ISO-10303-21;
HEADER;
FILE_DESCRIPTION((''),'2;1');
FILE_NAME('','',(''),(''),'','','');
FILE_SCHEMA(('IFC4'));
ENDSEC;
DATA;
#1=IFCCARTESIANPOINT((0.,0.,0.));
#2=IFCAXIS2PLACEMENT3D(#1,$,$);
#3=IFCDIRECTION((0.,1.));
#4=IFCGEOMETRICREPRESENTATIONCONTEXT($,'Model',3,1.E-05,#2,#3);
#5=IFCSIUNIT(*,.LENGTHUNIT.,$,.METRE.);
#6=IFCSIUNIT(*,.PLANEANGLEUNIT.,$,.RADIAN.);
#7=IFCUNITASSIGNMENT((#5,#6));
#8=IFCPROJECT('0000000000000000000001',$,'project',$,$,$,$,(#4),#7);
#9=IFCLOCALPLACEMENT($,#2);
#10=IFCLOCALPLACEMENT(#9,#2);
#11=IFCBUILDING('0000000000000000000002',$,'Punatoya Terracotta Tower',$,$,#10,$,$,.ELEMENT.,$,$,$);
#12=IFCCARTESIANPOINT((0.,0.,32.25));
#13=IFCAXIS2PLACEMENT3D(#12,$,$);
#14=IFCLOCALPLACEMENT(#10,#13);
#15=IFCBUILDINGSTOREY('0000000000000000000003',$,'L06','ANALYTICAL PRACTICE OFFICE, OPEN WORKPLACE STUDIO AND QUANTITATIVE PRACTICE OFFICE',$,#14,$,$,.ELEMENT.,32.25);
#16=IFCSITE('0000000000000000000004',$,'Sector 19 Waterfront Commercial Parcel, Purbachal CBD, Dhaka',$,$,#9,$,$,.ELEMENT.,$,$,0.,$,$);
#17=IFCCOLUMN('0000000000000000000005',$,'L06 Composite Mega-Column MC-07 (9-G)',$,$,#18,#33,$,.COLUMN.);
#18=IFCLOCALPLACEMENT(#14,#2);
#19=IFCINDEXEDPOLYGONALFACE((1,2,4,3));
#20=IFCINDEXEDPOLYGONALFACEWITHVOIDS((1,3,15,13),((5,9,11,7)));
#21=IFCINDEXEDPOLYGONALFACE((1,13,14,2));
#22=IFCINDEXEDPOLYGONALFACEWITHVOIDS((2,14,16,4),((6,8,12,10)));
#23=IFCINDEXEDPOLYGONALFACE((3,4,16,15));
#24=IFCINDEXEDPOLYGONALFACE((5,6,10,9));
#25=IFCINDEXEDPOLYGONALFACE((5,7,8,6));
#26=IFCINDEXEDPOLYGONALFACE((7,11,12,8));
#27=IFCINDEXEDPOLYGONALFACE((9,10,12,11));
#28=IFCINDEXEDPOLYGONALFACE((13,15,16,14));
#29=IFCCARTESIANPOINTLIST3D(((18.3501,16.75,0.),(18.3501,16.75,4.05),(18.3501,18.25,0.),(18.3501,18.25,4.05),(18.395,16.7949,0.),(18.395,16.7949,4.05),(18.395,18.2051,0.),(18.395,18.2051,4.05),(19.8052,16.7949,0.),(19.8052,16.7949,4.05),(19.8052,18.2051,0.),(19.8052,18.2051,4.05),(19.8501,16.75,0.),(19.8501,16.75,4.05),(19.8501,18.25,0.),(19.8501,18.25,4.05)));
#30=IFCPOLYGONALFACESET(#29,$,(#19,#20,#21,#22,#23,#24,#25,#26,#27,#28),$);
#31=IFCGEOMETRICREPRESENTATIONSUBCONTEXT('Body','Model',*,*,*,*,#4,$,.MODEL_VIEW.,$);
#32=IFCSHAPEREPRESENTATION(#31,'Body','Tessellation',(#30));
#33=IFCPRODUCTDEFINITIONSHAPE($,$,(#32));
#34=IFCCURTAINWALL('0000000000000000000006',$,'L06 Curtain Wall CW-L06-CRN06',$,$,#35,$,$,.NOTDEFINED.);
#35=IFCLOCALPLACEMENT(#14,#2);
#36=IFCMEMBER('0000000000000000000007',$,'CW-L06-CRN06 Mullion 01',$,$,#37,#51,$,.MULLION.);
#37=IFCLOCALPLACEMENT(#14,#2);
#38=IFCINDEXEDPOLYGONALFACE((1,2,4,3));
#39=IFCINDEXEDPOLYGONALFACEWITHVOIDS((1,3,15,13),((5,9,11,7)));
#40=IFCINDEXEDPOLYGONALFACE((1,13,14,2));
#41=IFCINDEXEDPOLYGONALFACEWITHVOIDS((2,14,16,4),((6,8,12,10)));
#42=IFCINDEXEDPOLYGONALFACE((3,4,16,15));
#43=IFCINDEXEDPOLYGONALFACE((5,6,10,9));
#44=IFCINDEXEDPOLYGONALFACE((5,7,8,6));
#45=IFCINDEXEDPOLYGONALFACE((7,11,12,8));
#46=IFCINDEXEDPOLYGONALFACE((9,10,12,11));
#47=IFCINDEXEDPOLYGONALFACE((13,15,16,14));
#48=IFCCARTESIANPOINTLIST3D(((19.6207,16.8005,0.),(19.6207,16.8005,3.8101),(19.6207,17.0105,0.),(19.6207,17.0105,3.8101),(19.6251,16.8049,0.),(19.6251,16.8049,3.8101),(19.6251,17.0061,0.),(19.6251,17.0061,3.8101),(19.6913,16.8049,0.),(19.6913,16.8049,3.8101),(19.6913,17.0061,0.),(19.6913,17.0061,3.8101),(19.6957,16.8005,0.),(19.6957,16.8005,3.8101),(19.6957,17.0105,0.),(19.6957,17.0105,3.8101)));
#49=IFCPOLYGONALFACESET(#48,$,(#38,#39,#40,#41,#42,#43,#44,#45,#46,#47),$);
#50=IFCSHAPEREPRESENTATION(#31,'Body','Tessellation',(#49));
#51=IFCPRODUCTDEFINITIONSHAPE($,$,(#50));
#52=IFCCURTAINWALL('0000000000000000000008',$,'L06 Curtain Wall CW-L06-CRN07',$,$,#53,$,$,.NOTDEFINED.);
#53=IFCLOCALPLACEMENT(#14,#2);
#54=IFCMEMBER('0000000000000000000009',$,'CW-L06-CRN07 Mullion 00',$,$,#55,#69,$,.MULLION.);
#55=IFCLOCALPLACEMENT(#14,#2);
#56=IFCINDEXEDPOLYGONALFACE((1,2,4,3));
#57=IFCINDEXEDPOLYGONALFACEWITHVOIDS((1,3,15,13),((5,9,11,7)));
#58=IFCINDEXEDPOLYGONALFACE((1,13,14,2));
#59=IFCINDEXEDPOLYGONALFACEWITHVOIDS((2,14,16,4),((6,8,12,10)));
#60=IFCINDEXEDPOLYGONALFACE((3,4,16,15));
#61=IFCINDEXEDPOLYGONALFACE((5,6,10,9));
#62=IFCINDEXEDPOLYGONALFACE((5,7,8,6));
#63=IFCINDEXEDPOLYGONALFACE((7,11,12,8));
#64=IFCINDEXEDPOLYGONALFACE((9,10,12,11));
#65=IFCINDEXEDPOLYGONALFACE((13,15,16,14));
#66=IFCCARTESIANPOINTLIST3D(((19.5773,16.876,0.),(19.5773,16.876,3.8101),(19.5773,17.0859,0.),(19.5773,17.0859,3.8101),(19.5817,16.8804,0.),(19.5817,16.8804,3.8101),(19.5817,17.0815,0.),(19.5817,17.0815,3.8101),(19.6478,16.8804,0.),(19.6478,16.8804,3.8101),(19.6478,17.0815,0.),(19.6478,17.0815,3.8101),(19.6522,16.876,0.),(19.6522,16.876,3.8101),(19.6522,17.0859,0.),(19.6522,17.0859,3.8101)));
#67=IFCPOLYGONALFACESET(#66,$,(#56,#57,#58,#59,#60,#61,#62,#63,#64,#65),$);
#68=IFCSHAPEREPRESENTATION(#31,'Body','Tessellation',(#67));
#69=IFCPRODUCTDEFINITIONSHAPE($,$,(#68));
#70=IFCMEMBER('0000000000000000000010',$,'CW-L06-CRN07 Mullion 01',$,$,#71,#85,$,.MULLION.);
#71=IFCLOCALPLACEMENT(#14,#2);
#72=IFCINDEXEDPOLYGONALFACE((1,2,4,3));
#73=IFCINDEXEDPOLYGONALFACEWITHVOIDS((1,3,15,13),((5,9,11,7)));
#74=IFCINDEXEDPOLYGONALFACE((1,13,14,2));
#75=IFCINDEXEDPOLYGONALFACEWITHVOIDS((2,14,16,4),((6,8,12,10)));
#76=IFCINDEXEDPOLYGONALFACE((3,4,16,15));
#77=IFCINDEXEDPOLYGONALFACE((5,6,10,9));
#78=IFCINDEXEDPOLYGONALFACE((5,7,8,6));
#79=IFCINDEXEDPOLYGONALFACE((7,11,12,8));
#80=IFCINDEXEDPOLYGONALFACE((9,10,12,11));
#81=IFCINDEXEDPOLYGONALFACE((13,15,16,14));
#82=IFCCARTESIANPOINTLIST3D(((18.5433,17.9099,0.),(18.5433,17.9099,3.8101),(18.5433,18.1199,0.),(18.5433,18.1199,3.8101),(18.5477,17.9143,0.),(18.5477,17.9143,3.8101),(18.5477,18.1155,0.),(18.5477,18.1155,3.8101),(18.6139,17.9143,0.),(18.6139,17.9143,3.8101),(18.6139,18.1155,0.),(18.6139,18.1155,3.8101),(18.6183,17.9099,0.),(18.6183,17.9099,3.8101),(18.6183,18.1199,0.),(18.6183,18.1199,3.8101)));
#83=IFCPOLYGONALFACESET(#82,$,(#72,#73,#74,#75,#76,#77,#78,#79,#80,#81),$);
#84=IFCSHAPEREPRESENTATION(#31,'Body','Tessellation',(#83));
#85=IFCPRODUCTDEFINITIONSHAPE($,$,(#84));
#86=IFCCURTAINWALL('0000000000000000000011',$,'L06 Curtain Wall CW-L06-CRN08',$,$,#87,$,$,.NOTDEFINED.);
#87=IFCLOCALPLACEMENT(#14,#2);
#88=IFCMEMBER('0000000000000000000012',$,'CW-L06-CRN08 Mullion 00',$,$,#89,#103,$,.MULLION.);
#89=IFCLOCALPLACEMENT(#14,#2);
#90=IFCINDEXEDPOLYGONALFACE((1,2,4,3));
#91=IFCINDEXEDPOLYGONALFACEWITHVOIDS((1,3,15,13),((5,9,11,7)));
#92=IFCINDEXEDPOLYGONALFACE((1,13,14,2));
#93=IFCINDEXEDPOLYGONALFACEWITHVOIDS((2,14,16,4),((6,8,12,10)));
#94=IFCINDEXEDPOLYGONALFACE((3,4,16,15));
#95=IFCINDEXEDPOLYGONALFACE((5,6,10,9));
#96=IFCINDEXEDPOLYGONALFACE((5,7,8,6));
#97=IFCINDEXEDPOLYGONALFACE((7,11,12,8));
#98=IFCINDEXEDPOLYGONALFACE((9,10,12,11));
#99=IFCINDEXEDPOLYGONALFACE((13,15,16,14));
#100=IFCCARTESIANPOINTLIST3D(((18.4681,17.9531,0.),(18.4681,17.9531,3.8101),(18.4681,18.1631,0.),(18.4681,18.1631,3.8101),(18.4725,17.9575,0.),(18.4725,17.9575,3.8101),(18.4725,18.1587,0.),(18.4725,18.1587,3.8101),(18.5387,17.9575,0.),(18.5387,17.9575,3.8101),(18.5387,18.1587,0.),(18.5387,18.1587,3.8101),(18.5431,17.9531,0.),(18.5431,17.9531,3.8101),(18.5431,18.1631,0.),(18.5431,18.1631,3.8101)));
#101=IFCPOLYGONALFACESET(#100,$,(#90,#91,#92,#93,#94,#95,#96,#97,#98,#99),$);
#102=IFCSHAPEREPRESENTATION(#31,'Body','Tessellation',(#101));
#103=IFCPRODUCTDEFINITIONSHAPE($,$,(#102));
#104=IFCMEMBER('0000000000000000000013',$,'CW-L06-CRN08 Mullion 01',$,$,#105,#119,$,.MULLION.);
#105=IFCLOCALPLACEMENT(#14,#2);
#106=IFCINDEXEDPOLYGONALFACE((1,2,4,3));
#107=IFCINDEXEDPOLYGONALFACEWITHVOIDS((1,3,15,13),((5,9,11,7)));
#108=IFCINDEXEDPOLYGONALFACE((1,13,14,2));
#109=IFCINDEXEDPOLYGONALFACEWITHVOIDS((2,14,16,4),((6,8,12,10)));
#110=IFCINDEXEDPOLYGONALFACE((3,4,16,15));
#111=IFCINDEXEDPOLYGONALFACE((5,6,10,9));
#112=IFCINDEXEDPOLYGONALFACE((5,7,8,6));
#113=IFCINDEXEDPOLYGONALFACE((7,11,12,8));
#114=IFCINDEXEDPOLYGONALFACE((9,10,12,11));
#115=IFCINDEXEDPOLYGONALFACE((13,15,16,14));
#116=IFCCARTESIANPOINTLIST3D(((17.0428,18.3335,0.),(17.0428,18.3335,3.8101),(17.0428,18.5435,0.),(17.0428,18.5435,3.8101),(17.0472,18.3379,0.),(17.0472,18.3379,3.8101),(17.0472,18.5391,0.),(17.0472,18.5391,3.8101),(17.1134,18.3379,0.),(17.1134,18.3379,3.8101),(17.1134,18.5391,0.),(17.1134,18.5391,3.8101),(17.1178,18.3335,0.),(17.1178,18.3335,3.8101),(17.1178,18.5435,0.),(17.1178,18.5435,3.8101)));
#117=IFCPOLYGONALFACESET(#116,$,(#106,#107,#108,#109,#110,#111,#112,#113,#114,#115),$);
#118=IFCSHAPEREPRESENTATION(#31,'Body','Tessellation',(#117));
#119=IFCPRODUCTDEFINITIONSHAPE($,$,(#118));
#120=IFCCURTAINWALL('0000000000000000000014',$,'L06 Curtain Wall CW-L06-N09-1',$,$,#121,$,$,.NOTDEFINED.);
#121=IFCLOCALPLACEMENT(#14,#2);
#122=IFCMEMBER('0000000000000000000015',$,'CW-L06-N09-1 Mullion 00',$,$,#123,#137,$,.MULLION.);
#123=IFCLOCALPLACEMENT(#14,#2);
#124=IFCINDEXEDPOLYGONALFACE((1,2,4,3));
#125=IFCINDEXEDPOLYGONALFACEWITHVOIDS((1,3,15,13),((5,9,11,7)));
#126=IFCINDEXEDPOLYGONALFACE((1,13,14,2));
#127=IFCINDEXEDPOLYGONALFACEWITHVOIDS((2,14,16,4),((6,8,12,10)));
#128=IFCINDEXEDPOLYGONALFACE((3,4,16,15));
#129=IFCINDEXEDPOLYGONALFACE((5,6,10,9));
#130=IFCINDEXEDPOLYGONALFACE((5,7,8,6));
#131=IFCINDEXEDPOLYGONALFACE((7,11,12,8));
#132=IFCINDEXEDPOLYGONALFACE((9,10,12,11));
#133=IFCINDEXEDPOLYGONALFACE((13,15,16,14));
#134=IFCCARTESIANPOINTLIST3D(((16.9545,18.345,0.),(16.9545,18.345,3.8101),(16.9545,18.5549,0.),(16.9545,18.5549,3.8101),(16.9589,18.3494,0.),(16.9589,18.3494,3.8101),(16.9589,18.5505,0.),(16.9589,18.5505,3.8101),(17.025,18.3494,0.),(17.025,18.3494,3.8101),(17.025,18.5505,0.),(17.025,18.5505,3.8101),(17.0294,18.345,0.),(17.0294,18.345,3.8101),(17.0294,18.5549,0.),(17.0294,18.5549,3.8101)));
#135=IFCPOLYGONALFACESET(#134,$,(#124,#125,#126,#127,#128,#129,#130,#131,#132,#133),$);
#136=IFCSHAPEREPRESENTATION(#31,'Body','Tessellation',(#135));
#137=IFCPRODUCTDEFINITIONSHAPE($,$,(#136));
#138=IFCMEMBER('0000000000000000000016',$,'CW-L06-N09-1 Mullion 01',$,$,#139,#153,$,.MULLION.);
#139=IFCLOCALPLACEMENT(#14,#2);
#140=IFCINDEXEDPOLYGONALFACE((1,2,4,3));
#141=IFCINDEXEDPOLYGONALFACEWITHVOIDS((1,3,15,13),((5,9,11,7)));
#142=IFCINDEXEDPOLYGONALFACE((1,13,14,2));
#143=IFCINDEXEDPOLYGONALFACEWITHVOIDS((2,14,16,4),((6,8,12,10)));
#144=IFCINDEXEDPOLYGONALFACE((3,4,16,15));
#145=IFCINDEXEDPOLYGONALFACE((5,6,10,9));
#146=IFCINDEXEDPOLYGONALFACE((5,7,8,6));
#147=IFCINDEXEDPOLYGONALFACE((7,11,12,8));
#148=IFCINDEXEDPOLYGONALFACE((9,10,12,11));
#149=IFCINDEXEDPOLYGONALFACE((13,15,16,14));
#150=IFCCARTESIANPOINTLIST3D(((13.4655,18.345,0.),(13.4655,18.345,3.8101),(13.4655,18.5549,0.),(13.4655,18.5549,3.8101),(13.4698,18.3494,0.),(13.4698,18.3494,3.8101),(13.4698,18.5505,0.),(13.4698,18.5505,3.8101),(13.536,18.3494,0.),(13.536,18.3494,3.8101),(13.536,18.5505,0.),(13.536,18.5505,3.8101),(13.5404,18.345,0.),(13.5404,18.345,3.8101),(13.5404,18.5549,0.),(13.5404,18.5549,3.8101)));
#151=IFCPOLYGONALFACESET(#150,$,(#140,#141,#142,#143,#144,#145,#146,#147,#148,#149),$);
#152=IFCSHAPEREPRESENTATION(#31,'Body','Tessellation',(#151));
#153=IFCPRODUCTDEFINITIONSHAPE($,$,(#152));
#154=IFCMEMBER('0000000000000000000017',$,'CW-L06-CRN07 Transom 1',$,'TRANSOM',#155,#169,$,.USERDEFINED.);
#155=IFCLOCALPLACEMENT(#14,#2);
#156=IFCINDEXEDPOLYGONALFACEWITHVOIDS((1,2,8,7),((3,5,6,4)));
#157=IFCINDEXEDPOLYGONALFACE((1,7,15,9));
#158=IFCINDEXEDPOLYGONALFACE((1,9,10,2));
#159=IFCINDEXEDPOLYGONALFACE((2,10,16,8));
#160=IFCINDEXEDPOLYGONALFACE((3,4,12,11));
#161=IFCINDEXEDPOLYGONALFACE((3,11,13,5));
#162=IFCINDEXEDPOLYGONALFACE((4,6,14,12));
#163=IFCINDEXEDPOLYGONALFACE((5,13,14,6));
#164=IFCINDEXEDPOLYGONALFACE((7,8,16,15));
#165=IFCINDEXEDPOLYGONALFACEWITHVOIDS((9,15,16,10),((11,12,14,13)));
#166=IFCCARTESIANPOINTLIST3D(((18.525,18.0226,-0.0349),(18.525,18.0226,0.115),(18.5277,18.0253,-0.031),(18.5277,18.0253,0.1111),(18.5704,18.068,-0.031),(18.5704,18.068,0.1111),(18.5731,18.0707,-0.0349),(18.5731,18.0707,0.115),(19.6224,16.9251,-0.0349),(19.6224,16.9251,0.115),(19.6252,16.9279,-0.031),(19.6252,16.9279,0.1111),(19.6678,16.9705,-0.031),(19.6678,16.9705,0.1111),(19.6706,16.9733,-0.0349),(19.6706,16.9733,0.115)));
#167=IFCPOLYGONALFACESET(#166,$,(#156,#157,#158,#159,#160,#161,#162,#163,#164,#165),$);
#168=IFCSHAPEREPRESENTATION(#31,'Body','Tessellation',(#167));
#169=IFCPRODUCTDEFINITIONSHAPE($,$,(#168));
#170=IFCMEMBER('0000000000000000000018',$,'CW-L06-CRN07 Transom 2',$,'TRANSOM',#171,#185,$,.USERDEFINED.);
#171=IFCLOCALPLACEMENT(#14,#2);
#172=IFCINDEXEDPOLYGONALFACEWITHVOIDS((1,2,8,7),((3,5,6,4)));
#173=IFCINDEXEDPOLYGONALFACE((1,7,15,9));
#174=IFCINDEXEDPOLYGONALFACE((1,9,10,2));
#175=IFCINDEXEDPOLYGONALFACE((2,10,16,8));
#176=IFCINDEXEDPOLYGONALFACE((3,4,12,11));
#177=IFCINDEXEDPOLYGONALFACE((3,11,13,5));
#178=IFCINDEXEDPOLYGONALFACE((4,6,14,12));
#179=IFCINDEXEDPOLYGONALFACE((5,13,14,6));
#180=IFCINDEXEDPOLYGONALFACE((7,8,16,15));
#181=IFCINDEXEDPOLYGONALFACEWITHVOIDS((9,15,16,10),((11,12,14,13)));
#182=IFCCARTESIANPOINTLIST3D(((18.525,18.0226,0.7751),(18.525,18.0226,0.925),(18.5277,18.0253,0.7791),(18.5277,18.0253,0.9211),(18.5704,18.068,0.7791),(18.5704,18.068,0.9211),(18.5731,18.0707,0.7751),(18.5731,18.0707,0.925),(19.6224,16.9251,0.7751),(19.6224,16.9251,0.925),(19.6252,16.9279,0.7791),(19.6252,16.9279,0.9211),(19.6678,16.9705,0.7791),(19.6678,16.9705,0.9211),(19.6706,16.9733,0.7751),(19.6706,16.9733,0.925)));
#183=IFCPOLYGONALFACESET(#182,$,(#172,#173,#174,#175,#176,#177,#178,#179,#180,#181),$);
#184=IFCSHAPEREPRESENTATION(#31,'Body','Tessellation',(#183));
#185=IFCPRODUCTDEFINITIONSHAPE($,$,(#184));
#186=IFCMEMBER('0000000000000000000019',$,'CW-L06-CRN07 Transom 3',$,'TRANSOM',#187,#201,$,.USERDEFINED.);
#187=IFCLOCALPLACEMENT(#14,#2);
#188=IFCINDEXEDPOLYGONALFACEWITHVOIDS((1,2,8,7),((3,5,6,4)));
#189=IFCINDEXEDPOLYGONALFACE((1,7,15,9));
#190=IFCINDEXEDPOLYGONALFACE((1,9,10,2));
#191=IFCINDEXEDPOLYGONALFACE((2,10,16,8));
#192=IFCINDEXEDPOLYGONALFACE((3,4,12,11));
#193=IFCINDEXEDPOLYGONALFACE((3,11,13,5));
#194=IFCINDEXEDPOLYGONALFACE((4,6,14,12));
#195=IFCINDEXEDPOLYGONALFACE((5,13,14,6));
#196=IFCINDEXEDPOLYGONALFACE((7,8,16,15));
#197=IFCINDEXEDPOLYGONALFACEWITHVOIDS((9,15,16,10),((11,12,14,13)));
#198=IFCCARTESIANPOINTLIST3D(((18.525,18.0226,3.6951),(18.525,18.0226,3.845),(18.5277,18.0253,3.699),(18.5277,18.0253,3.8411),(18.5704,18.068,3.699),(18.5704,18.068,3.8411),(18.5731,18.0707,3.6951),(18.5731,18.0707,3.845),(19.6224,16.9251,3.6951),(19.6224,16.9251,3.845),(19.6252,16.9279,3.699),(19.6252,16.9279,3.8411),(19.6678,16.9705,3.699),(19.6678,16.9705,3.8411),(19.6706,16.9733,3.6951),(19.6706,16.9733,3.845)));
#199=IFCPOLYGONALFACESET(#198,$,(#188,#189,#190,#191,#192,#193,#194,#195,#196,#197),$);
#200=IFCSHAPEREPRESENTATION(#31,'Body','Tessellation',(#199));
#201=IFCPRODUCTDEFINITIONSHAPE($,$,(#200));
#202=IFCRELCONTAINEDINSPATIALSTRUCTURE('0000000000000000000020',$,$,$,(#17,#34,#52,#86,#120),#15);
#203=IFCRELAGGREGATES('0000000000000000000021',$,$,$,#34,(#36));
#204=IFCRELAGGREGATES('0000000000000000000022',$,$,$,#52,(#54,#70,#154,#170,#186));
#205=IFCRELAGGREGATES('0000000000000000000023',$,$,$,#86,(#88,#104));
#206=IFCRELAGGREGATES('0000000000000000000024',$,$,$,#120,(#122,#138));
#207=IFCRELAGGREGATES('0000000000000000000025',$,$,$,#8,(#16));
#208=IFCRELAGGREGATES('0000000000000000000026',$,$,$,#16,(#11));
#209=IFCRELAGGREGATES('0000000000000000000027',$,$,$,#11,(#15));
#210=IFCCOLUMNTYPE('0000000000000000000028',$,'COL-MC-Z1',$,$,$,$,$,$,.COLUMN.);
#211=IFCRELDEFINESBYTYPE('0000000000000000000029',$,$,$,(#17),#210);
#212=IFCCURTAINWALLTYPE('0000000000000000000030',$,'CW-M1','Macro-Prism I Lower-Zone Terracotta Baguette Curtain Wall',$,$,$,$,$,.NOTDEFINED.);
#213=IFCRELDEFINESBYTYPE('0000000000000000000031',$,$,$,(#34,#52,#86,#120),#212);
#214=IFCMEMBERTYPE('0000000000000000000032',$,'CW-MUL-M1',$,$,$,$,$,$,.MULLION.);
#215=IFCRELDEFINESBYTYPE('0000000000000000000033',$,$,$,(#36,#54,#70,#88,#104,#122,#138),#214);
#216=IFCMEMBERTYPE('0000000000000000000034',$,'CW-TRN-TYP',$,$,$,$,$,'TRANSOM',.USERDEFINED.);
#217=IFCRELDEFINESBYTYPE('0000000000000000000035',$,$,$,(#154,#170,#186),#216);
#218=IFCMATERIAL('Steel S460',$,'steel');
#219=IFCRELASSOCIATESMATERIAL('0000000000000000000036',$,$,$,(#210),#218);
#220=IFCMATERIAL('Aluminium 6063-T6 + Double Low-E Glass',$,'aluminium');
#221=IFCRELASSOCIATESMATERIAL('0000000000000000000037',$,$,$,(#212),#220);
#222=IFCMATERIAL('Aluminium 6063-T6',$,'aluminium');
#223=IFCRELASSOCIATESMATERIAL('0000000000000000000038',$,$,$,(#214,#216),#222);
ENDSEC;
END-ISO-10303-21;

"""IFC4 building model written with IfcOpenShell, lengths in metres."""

from ifc_helpers import new_model, si_unit, direction, frame, origin, origin_2d, place, context, subcontext, project, spatial, hollow_rectangle, extrude, material, material_profile, profile_set, type_object, element, aggregate, save


model = new_model("IFC4")

# Units and contexts
model_context = context("Model", 3, precision=1e-05, world=origin(), true_north=direction((0.0, 1.0)))
body_context = subcontext(model_context, "Body", "Model", "MODEL_VIEW")
ifc_project = project(units=[si_unit("LENGTHUNIT", "METRE"), si_unit("PLANEANGLEUNIT", "RADIAN")], contexts=[model_context])

# Site, building, storey
site_placement = place(None, origin())
site = spatial("IfcSite", under=ifc_project, at=site_placement, Name="Sector 19 Waterfront Commercial Parcel, Purbachal CBD, Dhaka", CompositionType="ELEMENT", RefElevation=0.0)
building_placement = place(site_placement, origin())
building = spatial("IfcBuilding", under=site, at=building_placement, Name="Punatoya Terracotta Tower", CompositionType="ELEMENT")
storey_placement = place(building_placement, frame((0.0, 0.0, 32.25)))
storey = spatial("IfcBuildingStorey", under=building, at=storey_placement, Name="L06", Description="ANALYTICAL PRACTICE OFFICE, OPEN WORKPLACE STUDIO AND QUANTITATIVE PRACTICE OFFICE", CompositionType="ELEMENT", Elevation=32.25)

# Column
ifc_material_1 = material(Name="Steel S460", Category="steel")
ifc_material_profile_1 = material_profile(ifc_material_1, hollow_rectangle(XDim=1.5, YDim=1.5, WallThickness=0.0449, at=origin_2d()))
ifc_profile_set_1 = profile_set([ifc_material_profile_1], Name="Steel S460")
column_type = type_object("IfcColumnType", Name="COL-MC-Z1", PredefinedType="COLUMN", material=ifc_profile_set_1)
column_placement = place(storey_placement, frame((19.1001, 17.5, 0.0), z_axis=(0.0, 0.0, 1.0), x_axis=(1.0, 0.0, 0.0)))
element("IfcColumn", 1, at=column_placement, inside=storey, type_object=column_type, Name="L06 Composite Mega-Column MC-07 (9-G)", PredefinedType="COLUMN", context=body_context, shape_type="SweptSolid", body=[
    extrude(hollow_rectangle(XDim=1.5, YDim=1.5, WallThickness=0.0449, at=origin_2d()), origin(), (0.0, 0.0, 1.0), 4.05),
])

# Curtain wall, member
ifc_material_2 = material(Name="Aluminium 6063-T6 + Double Low-E Glass", Category="aluminium")
curtain_wall_type = type_object("IfcCurtainWallType", Name="CW-M1", Description="Macro-Prism I Lower-Zone Terracotta Baguette Curtain Wall", PredefinedType="NOTDEFINED", material=ifc_material_2)
curtain_wall_1_placement = place(storey_placement, origin())
curtain_wall_1 = element("IfcCurtainWall", 2, at=curtain_wall_1_placement, inside=storey, type_object=curtain_wall_type, Name="L06 Curtain Wall CW-L06-CRN06", PredefinedType="NOTDEFINED")
ifc_material_3 = material(Name="Aluminium 6063-T6", Category="aluminium")
ifc_material_profile_2 = material_profile(ifc_material_3, hollow_rectangle(XDim=0.075, YDim=0.21, WallThickness=0.0044, at=origin_2d()))
ifc_profile_set_2 = profile_set([ifc_material_profile_2], Name="Aluminium 6063-T6")
member_type_1 = type_object("IfcMemberType", Name="CW-MUL-M1", PredefinedType="MULLION", material=ifc_profile_set_2)
member_1_placement = place(storey_placement, frame((19.6582, 16.9055, 0.0), z_axis=(0.0, 0.0, 1.0), x_axis=(1.0, 0.0, 0.0)))
member_1 = element("IfcMember", 3, at=member_1_placement, type_object=member_type_1, Name="CW-L06-CRN06 Mullion 01", PredefinedType="MULLION", context=body_context, shape_type="SweptSolid", body=[
    extrude(hollow_rectangle(XDim=0.075, YDim=0.21, WallThickness=0.0044, at=origin_2d()), origin(), (0.0, 0.0, 1.0), 3.8101),
])

# Curtain walls, members
curtain_wall_2_placement = place(storey_placement, origin())
curtain_wall_2 = element("IfcCurtainWall", 4, at=curtain_wall_2_placement, inside=storey, type_object=curtain_wall_type, Name="L06 Curtain Wall CW-L06-CRN07", PredefinedType="NOTDEFINED")
member_2_placement = place(storey_placement, frame((19.6147, 16.981, 0.0), z_axis=(0.0, 0.0, 1.0), x_axis=(1.0, 0.0, 0.0)))
member_2 = element("IfcMember", 5, at=member_2_placement, type_object=member_type_1, Name="CW-L06-CRN07 Mullion 00", PredefinedType="MULLION", context=body_context, shape_type="SweptSolid", body=[
    extrude(hollow_rectangle(XDim=0.075, YDim=0.21, WallThickness=0.0044, at=origin_2d()), origin(), (0.0, 0.0, 1.0), 3.8101),
])
member_3_placement = place(storey_placement, frame((18.5808, 18.0149, 0.0), z_axis=(0.0, 0.0, 1.0), x_axis=(1.0, 0.0, 0.0)))
member_3 = element("IfcMember", 6, at=member_3_placement, type_object=member_type_1, Name="CW-L06-CRN07 Mullion 01", PredefinedType="MULLION", context=body_context, shape_type="SweptSolid", body=[
    extrude(hollow_rectangle(XDim=0.075, YDim=0.21, WallThickness=0.0044, at=origin_2d()), origin(), (0.0, 0.0, 1.0), 3.8101),
])
curtain_wall_3_placement = place(storey_placement, origin())
curtain_wall_3 = element("IfcCurtainWall", 7, at=curtain_wall_3_placement, inside=storey, type_object=curtain_wall_type, Name="L06 Curtain Wall CW-L06-CRN08", PredefinedType="NOTDEFINED")
member_4_placement = place(storey_placement, frame((18.5056, 18.0581, 0.0), z_axis=(0.0, 0.0, 1.0), x_axis=(1.0, 0.0, 0.0)))
member_4 = element("IfcMember", 8, at=member_4_placement, type_object=member_type_1, Name="CW-L06-CRN08 Mullion 00", PredefinedType="MULLION", context=body_context, shape_type="SweptSolid", body=[
    extrude(hollow_rectangle(XDim=0.075, YDim=0.21, WallThickness=0.0044, at=origin_2d()), origin(), (0.0, 0.0, 1.0), 3.8101),
])
member_5_placement = place(storey_placement, frame((17.0803, 18.4385, 0.0), z_axis=(0.0, 0.0, 1.0), x_axis=(1.0, 0.0, 0.0)))
member_5 = element("IfcMember", 9, at=member_5_placement, type_object=member_type_1, Name="CW-L06-CRN08 Mullion 01", PredefinedType="MULLION", context=body_context, shape_type="SweptSolid", body=[
    extrude(hollow_rectangle(XDim=0.075, YDim=0.21, WallThickness=0.0044, at=origin_2d()), origin(), (0.0, 0.0, 1.0), 3.8101),
])
curtain_wall_4_placement = place(storey_placement, origin())
curtain_wall_4 = element("IfcCurtainWall", 10, at=curtain_wall_4_placement, inside=storey, type_object=curtain_wall_type, Name="L06 Curtain Wall CW-L06-N09-1", PredefinedType="NOTDEFINED")
member_6_placement = place(storey_placement, frame((16.9919, 18.45, 0.0), z_axis=(0.0, 0.0, 1.0), x_axis=(1.0, 0.0, 0.0)))
member_6 = element("IfcMember", 11, at=member_6_placement, type_object=member_type_1, Name="CW-L06-N09-1 Mullion 00", PredefinedType="MULLION", context=body_context, shape_type="SweptSolid", body=[
    extrude(hollow_rectangle(XDim=0.075, YDim=0.21, WallThickness=0.0044, at=origin_2d()), origin(), (0.0, 0.0, 1.0), 3.8101),
])
member_7_placement = place(storey_placement, frame((13.5029, 18.45, 0.0), z_axis=(0.0, 0.0, 1.0), x_axis=(1.0, 0.0, 0.0)))
member_7 = element("IfcMember", 12, at=member_7_placement, type_object=member_type_1, Name="CW-L06-N09-1 Mullion 01", PredefinedType="MULLION", context=body_context, shape_type="SweptSolid", body=[
    extrude(hollow_rectangle(XDim=0.075, YDim=0.21, WallThickness=0.0044, at=origin_2d()), origin(), (0.0, 0.0, 1.0), 3.8101),
])

# Members
ifc_material_profile_3 = material_profile(ifc_material_3, hollow_rectangle(XDim=0.0681, YDim=0.1499, WallThickness=0.0039, at=origin_2d()))
ifc_profile_set_3 = profile_set([ifc_material_profile_3], Name="Aluminium 6063-T6")
member_type_2 = type_object("IfcMemberType", Name="CW-TRN-TYP", ElementType="TRANSOM", PredefinedType="USERDEFINED", material=ifc_profile_set_3)
member_8_placement = place(storey_placement, frame((19.6465, 16.9492, 0.04), z_axis=(-0.707107, 0.707107, 0.0), x_axis=(-0.707107, -0.707107, 0.0)))
member_8 = element("IfcMember", 13, at=member_8_placement, type_object=member_type_2, Name="CW-L06-CRN07 Transom 1", ObjectType="TRANSOM", PredefinedType="USERDEFINED", context=body_context, shape_type="SweptSolid", body=[
    extrude(hollow_rectangle(XDim=0.0681, YDim=0.1499, WallThickness=0.0039, at=origin_2d()), origin(), (0.0, 0.0, 1.0), 1.552),
])
member_9_placement = place(storey_placement, frame((19.6465, 16.9492, 0.8501), z_axis=(-0.707107, 0.707107, 0.0), x_axis=(-0.707107, -0.707107, 0.0)))
member_9 = element("IfcMember", 14, at=member_9_placement, type_object=member_type_2, Name="CW-L06-CRN07 Transom 2", ObjectType="TRANSOM", PredefinedType="USERDEFINED", context=body_context, shape_type="SweptSolid", body=[
    extrude(hollow_rectangle(XDim=0.0681, YDim=0.1499, WallThickness=0.0039, at=origin_2d()), origin(), (0.0, 0.0, 1.0), 1.552),
])
member_10_placement = place(storey_placement, frame((19.6465, 16.9492, 3.77), z_axis=(-0.707107, 0.707107, 0.0), x_axis=(-0.707107, -0.707107, 0.0)))
member_10 = element("IfcMember", 15, at=member_10_placement, type_object=member_type_2, Name="CW-L06-CRN07 Transom 3", ObjectType="TRANSOM", PredefinedType="USERDEFINED", context=body_context, shape_type="SweptSolid", body=[
    extrude(hollow_rectangle(XDim=0.0681, YDim=0.1499, WallThickness=0.0039, at=origin_2d()), origin(), (0.0, 0.0, 1.0), 1.552),
])

aggregate(curtain_wall_1, [member_1])
aggregate(curtain_wall_2, [member_2, member_3, member_8, member_9, member_10])
aggregate(curtain_wall_3, [member_4, member_5])
aggregate(curtain_wall_4, [member_6, member_7])

save(model, "model.ifc")
